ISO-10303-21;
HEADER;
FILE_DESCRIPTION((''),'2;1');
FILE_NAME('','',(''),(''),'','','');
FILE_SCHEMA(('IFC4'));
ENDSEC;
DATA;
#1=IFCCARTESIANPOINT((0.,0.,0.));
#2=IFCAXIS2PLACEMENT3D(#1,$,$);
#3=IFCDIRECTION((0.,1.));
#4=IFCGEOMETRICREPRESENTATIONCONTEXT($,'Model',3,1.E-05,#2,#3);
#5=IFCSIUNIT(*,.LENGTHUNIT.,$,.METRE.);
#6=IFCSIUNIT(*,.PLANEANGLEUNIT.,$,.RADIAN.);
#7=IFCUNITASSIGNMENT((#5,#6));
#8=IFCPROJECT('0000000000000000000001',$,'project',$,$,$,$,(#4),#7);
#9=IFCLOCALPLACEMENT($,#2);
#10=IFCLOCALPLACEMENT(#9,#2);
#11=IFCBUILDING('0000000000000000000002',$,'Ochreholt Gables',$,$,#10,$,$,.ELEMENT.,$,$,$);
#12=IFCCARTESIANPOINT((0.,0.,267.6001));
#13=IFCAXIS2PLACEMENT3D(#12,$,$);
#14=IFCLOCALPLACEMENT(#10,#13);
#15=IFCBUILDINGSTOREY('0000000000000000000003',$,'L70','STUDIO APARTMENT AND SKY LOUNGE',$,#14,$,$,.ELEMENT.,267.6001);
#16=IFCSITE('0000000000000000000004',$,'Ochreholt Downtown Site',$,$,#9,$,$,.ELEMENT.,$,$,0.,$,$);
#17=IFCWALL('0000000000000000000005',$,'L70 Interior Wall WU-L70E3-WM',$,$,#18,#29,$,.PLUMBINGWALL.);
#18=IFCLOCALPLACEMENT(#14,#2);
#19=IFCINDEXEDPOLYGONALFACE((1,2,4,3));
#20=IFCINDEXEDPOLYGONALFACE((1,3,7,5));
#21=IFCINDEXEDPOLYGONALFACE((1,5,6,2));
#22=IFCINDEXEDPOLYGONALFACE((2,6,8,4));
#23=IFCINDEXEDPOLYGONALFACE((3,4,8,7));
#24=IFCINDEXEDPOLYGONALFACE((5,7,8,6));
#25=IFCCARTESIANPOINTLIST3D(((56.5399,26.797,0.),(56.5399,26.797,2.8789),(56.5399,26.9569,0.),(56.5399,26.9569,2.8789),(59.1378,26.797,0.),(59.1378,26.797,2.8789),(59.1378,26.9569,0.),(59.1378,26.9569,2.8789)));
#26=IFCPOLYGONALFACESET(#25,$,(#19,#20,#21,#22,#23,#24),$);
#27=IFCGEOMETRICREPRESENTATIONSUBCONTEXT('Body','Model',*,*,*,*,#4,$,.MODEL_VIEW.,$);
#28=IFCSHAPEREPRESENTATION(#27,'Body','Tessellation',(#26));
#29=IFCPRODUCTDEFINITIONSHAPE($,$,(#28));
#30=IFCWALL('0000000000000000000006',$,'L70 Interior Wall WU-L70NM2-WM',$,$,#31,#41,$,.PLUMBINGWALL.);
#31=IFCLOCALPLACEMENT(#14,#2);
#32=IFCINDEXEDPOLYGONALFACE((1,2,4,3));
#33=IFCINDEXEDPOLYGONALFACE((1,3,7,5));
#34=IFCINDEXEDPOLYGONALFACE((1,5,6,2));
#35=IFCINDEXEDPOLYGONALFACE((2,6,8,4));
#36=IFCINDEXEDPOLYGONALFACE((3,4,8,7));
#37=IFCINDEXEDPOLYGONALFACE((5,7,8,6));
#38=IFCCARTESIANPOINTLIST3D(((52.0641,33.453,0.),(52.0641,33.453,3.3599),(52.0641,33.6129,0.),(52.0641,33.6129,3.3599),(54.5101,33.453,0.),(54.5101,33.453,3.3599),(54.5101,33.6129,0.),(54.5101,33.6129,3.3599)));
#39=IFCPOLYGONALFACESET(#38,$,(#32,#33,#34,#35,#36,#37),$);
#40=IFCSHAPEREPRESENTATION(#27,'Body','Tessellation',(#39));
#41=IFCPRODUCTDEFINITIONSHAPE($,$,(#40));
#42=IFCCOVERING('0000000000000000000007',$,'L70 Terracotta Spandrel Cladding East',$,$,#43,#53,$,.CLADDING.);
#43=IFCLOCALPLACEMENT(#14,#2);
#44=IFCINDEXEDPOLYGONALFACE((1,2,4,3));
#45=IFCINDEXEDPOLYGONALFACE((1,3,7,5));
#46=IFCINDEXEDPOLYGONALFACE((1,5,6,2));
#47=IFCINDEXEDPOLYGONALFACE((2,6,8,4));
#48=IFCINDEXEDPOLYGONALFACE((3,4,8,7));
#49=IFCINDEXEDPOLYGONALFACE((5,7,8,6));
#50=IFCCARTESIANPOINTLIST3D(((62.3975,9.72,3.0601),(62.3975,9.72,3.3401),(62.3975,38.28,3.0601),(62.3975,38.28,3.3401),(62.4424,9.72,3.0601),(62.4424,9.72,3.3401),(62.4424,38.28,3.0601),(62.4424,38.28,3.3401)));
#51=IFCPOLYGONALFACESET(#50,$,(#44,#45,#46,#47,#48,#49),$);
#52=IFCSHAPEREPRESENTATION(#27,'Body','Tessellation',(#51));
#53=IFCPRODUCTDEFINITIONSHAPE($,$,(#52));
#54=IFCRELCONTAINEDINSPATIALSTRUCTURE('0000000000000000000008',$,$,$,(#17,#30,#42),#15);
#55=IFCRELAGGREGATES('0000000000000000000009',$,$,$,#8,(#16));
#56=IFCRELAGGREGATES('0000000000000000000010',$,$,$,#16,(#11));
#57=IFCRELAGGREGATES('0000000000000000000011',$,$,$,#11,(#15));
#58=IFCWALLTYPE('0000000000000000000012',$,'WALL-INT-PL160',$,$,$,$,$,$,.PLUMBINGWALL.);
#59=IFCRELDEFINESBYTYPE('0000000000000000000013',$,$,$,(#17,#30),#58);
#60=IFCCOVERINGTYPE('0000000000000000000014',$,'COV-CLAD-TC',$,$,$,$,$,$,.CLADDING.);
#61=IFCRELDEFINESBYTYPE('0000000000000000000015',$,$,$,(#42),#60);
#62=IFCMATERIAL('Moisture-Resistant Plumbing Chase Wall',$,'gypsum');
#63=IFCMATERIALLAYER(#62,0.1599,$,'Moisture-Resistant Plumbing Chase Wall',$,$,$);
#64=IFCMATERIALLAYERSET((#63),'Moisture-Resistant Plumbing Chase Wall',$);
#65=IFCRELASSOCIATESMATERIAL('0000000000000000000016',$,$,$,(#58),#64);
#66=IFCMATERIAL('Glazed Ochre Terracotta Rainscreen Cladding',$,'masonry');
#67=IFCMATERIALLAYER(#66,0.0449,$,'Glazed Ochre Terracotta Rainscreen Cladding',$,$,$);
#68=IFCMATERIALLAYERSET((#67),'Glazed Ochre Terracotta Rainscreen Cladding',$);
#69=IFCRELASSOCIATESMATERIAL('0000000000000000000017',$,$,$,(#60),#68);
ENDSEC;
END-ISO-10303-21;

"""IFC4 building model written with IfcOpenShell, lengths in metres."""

from ifc_helpers import new_model, si_unit, direction, frame, frame_2d, origin, origin_2d, place, context, subcontext, project, spatial, rectangle, extrude, material, layer, layer_set, type_object, element, save


model = new_model("IFC4")

# Units and contexts
model_context = context("Model", 3, precision=1e-05, world=origin(), true_north=direction((0.0, 1.0)))
body_context = subcontext(model_context, "Body", "Model", "MODEL_VIEW")
ifc_project = project(units=[si_unit("LENGTHUNIT", "METRE"), si_unit("PLANEANGLEUNIT", "RADIAN")], contexts=[model_context])

# Site, building, storey
site_placement = place(None, origin())
site = spatial("IfcSite", under=ifc_project, at=site_placement, Name="Ochreholt Downtown Site", CompositionType="ELEMENT", RefElevation=0.0)
building_placement = place(site_placement, origin())
building = spatial("IfcBuilding", under=site, at=building_placement, Name="Ochreholt Gables", CompositionType="ELEMENT")
storey_placement = place(building_placement, frame((0.0, 0.0, 267.6001)))
storey = spatial("IfcBuildingStorey", under=building, at=storey_placement, Name="L70", Description="STUDIO APARTMENT AND SKY LOUNGE", CompositionType="ELEMENT", Elevation=267.6001)

# Shared definitions
ifc_material_1 = material(Name="Moisture-Resistant Plumbing Chase Wall", Category="gypsum")
ifc_layer_1 = layer(ifc_material_1, 0.1599, Name="Moisture-Resistant Plumbing Chase Wall")
ifc_layer_set_1 = layer_set([ifc_layer_1], Name="Moisture-Resistant Plumbing Chase Wall")
wall_type_1 = type_object("IfcWallType", Name="WALL-INT-PL160", PredefinedType="PLUMBINGWALL", material=ifc_layer_set_1)

# Wall
wall_1_placement = place(storey_placement, frame((56.54, 26.877, 0.0), z_axis=(0.0, 0.0, 1.0), x_axis=(1.0, 0.0, 0.0)))
element("IfcWall", 1, at=wall_1_placement, inside=storey, type_object=wall_type_1, Name="L70 Interior Wall WU-L70E3-WM", PredefinedType="PLUMBINGWALL", context=body_context, shape_type="SweptSolid", body=[
    extrude(rectangle(XDim=2.5979, YDim=0.1599, at=frame_2d((1.2988, 0.0))), origin(), (0.0, 0.0, 1.0), 2.8789),
])

# Wall
wall_2_placement = place(storey_placement, frame((52.064, 33.533, 0.0), z_axis=(0.0, 0.0, 1.0), x_axis=(1.0, 0.0, 0.0)))
element("IfcWall", 2, at=wall_2_placement, inside=storey, type_object=wall_type_1, Name="L70 Interior Wall WU-L70NM2-WM", PredefinedType="PLUMBINGWALL", context=body_context, shape_type="SweptSolid", body=[
    extrude(rectangle(XDim=2.446, YDim=0.1599, at=frame_2d((1.2231, 0.0))), origin(), (0.0, 0.0, 1.0), 3.3599),
])

# Covering
ifc_material_2 = material(Name="Glazed Ochre Terracotta Rainscreen Cladding", Category="masonry")
ifc_layer_2 = layer(ifc_material_2, 0.0449, Name="Glazed Ochre Terracotta Rainscreen Cladding")
ifc_layer_set_2 = layer_set([ifc_layer_2], Name="Glazed Ochre Terracotta Rainscreen Cladding")
covering_type = type_object("IfcCoveringType", Name="COV-CLAD-TC", PredefinedType="CLADDING", material=ifc_layer_set_2)
covering_placement = place(storey_placement, frame((62.4199, 24.0, 3.0601), z_axis=(0.0, 0.0, 1.0), x_axis=(0.0, 1.0, 0.0)))
element("IfcCovering", 3, at=covering_placement, inside=storey, type_object=covering_type, Name="L70 Terracotta Spandrel Cladding East", PredefinedType="CLADDING", context=body_context, shape_type="SweptSolid", body=[
    extrude(rectangle(XDim=28.5601, YDim=0.0449, at=origin_2d()), origin(), (0.0, 0.0, 1.0), 0.28),
])

save(model, "model.ifc")
